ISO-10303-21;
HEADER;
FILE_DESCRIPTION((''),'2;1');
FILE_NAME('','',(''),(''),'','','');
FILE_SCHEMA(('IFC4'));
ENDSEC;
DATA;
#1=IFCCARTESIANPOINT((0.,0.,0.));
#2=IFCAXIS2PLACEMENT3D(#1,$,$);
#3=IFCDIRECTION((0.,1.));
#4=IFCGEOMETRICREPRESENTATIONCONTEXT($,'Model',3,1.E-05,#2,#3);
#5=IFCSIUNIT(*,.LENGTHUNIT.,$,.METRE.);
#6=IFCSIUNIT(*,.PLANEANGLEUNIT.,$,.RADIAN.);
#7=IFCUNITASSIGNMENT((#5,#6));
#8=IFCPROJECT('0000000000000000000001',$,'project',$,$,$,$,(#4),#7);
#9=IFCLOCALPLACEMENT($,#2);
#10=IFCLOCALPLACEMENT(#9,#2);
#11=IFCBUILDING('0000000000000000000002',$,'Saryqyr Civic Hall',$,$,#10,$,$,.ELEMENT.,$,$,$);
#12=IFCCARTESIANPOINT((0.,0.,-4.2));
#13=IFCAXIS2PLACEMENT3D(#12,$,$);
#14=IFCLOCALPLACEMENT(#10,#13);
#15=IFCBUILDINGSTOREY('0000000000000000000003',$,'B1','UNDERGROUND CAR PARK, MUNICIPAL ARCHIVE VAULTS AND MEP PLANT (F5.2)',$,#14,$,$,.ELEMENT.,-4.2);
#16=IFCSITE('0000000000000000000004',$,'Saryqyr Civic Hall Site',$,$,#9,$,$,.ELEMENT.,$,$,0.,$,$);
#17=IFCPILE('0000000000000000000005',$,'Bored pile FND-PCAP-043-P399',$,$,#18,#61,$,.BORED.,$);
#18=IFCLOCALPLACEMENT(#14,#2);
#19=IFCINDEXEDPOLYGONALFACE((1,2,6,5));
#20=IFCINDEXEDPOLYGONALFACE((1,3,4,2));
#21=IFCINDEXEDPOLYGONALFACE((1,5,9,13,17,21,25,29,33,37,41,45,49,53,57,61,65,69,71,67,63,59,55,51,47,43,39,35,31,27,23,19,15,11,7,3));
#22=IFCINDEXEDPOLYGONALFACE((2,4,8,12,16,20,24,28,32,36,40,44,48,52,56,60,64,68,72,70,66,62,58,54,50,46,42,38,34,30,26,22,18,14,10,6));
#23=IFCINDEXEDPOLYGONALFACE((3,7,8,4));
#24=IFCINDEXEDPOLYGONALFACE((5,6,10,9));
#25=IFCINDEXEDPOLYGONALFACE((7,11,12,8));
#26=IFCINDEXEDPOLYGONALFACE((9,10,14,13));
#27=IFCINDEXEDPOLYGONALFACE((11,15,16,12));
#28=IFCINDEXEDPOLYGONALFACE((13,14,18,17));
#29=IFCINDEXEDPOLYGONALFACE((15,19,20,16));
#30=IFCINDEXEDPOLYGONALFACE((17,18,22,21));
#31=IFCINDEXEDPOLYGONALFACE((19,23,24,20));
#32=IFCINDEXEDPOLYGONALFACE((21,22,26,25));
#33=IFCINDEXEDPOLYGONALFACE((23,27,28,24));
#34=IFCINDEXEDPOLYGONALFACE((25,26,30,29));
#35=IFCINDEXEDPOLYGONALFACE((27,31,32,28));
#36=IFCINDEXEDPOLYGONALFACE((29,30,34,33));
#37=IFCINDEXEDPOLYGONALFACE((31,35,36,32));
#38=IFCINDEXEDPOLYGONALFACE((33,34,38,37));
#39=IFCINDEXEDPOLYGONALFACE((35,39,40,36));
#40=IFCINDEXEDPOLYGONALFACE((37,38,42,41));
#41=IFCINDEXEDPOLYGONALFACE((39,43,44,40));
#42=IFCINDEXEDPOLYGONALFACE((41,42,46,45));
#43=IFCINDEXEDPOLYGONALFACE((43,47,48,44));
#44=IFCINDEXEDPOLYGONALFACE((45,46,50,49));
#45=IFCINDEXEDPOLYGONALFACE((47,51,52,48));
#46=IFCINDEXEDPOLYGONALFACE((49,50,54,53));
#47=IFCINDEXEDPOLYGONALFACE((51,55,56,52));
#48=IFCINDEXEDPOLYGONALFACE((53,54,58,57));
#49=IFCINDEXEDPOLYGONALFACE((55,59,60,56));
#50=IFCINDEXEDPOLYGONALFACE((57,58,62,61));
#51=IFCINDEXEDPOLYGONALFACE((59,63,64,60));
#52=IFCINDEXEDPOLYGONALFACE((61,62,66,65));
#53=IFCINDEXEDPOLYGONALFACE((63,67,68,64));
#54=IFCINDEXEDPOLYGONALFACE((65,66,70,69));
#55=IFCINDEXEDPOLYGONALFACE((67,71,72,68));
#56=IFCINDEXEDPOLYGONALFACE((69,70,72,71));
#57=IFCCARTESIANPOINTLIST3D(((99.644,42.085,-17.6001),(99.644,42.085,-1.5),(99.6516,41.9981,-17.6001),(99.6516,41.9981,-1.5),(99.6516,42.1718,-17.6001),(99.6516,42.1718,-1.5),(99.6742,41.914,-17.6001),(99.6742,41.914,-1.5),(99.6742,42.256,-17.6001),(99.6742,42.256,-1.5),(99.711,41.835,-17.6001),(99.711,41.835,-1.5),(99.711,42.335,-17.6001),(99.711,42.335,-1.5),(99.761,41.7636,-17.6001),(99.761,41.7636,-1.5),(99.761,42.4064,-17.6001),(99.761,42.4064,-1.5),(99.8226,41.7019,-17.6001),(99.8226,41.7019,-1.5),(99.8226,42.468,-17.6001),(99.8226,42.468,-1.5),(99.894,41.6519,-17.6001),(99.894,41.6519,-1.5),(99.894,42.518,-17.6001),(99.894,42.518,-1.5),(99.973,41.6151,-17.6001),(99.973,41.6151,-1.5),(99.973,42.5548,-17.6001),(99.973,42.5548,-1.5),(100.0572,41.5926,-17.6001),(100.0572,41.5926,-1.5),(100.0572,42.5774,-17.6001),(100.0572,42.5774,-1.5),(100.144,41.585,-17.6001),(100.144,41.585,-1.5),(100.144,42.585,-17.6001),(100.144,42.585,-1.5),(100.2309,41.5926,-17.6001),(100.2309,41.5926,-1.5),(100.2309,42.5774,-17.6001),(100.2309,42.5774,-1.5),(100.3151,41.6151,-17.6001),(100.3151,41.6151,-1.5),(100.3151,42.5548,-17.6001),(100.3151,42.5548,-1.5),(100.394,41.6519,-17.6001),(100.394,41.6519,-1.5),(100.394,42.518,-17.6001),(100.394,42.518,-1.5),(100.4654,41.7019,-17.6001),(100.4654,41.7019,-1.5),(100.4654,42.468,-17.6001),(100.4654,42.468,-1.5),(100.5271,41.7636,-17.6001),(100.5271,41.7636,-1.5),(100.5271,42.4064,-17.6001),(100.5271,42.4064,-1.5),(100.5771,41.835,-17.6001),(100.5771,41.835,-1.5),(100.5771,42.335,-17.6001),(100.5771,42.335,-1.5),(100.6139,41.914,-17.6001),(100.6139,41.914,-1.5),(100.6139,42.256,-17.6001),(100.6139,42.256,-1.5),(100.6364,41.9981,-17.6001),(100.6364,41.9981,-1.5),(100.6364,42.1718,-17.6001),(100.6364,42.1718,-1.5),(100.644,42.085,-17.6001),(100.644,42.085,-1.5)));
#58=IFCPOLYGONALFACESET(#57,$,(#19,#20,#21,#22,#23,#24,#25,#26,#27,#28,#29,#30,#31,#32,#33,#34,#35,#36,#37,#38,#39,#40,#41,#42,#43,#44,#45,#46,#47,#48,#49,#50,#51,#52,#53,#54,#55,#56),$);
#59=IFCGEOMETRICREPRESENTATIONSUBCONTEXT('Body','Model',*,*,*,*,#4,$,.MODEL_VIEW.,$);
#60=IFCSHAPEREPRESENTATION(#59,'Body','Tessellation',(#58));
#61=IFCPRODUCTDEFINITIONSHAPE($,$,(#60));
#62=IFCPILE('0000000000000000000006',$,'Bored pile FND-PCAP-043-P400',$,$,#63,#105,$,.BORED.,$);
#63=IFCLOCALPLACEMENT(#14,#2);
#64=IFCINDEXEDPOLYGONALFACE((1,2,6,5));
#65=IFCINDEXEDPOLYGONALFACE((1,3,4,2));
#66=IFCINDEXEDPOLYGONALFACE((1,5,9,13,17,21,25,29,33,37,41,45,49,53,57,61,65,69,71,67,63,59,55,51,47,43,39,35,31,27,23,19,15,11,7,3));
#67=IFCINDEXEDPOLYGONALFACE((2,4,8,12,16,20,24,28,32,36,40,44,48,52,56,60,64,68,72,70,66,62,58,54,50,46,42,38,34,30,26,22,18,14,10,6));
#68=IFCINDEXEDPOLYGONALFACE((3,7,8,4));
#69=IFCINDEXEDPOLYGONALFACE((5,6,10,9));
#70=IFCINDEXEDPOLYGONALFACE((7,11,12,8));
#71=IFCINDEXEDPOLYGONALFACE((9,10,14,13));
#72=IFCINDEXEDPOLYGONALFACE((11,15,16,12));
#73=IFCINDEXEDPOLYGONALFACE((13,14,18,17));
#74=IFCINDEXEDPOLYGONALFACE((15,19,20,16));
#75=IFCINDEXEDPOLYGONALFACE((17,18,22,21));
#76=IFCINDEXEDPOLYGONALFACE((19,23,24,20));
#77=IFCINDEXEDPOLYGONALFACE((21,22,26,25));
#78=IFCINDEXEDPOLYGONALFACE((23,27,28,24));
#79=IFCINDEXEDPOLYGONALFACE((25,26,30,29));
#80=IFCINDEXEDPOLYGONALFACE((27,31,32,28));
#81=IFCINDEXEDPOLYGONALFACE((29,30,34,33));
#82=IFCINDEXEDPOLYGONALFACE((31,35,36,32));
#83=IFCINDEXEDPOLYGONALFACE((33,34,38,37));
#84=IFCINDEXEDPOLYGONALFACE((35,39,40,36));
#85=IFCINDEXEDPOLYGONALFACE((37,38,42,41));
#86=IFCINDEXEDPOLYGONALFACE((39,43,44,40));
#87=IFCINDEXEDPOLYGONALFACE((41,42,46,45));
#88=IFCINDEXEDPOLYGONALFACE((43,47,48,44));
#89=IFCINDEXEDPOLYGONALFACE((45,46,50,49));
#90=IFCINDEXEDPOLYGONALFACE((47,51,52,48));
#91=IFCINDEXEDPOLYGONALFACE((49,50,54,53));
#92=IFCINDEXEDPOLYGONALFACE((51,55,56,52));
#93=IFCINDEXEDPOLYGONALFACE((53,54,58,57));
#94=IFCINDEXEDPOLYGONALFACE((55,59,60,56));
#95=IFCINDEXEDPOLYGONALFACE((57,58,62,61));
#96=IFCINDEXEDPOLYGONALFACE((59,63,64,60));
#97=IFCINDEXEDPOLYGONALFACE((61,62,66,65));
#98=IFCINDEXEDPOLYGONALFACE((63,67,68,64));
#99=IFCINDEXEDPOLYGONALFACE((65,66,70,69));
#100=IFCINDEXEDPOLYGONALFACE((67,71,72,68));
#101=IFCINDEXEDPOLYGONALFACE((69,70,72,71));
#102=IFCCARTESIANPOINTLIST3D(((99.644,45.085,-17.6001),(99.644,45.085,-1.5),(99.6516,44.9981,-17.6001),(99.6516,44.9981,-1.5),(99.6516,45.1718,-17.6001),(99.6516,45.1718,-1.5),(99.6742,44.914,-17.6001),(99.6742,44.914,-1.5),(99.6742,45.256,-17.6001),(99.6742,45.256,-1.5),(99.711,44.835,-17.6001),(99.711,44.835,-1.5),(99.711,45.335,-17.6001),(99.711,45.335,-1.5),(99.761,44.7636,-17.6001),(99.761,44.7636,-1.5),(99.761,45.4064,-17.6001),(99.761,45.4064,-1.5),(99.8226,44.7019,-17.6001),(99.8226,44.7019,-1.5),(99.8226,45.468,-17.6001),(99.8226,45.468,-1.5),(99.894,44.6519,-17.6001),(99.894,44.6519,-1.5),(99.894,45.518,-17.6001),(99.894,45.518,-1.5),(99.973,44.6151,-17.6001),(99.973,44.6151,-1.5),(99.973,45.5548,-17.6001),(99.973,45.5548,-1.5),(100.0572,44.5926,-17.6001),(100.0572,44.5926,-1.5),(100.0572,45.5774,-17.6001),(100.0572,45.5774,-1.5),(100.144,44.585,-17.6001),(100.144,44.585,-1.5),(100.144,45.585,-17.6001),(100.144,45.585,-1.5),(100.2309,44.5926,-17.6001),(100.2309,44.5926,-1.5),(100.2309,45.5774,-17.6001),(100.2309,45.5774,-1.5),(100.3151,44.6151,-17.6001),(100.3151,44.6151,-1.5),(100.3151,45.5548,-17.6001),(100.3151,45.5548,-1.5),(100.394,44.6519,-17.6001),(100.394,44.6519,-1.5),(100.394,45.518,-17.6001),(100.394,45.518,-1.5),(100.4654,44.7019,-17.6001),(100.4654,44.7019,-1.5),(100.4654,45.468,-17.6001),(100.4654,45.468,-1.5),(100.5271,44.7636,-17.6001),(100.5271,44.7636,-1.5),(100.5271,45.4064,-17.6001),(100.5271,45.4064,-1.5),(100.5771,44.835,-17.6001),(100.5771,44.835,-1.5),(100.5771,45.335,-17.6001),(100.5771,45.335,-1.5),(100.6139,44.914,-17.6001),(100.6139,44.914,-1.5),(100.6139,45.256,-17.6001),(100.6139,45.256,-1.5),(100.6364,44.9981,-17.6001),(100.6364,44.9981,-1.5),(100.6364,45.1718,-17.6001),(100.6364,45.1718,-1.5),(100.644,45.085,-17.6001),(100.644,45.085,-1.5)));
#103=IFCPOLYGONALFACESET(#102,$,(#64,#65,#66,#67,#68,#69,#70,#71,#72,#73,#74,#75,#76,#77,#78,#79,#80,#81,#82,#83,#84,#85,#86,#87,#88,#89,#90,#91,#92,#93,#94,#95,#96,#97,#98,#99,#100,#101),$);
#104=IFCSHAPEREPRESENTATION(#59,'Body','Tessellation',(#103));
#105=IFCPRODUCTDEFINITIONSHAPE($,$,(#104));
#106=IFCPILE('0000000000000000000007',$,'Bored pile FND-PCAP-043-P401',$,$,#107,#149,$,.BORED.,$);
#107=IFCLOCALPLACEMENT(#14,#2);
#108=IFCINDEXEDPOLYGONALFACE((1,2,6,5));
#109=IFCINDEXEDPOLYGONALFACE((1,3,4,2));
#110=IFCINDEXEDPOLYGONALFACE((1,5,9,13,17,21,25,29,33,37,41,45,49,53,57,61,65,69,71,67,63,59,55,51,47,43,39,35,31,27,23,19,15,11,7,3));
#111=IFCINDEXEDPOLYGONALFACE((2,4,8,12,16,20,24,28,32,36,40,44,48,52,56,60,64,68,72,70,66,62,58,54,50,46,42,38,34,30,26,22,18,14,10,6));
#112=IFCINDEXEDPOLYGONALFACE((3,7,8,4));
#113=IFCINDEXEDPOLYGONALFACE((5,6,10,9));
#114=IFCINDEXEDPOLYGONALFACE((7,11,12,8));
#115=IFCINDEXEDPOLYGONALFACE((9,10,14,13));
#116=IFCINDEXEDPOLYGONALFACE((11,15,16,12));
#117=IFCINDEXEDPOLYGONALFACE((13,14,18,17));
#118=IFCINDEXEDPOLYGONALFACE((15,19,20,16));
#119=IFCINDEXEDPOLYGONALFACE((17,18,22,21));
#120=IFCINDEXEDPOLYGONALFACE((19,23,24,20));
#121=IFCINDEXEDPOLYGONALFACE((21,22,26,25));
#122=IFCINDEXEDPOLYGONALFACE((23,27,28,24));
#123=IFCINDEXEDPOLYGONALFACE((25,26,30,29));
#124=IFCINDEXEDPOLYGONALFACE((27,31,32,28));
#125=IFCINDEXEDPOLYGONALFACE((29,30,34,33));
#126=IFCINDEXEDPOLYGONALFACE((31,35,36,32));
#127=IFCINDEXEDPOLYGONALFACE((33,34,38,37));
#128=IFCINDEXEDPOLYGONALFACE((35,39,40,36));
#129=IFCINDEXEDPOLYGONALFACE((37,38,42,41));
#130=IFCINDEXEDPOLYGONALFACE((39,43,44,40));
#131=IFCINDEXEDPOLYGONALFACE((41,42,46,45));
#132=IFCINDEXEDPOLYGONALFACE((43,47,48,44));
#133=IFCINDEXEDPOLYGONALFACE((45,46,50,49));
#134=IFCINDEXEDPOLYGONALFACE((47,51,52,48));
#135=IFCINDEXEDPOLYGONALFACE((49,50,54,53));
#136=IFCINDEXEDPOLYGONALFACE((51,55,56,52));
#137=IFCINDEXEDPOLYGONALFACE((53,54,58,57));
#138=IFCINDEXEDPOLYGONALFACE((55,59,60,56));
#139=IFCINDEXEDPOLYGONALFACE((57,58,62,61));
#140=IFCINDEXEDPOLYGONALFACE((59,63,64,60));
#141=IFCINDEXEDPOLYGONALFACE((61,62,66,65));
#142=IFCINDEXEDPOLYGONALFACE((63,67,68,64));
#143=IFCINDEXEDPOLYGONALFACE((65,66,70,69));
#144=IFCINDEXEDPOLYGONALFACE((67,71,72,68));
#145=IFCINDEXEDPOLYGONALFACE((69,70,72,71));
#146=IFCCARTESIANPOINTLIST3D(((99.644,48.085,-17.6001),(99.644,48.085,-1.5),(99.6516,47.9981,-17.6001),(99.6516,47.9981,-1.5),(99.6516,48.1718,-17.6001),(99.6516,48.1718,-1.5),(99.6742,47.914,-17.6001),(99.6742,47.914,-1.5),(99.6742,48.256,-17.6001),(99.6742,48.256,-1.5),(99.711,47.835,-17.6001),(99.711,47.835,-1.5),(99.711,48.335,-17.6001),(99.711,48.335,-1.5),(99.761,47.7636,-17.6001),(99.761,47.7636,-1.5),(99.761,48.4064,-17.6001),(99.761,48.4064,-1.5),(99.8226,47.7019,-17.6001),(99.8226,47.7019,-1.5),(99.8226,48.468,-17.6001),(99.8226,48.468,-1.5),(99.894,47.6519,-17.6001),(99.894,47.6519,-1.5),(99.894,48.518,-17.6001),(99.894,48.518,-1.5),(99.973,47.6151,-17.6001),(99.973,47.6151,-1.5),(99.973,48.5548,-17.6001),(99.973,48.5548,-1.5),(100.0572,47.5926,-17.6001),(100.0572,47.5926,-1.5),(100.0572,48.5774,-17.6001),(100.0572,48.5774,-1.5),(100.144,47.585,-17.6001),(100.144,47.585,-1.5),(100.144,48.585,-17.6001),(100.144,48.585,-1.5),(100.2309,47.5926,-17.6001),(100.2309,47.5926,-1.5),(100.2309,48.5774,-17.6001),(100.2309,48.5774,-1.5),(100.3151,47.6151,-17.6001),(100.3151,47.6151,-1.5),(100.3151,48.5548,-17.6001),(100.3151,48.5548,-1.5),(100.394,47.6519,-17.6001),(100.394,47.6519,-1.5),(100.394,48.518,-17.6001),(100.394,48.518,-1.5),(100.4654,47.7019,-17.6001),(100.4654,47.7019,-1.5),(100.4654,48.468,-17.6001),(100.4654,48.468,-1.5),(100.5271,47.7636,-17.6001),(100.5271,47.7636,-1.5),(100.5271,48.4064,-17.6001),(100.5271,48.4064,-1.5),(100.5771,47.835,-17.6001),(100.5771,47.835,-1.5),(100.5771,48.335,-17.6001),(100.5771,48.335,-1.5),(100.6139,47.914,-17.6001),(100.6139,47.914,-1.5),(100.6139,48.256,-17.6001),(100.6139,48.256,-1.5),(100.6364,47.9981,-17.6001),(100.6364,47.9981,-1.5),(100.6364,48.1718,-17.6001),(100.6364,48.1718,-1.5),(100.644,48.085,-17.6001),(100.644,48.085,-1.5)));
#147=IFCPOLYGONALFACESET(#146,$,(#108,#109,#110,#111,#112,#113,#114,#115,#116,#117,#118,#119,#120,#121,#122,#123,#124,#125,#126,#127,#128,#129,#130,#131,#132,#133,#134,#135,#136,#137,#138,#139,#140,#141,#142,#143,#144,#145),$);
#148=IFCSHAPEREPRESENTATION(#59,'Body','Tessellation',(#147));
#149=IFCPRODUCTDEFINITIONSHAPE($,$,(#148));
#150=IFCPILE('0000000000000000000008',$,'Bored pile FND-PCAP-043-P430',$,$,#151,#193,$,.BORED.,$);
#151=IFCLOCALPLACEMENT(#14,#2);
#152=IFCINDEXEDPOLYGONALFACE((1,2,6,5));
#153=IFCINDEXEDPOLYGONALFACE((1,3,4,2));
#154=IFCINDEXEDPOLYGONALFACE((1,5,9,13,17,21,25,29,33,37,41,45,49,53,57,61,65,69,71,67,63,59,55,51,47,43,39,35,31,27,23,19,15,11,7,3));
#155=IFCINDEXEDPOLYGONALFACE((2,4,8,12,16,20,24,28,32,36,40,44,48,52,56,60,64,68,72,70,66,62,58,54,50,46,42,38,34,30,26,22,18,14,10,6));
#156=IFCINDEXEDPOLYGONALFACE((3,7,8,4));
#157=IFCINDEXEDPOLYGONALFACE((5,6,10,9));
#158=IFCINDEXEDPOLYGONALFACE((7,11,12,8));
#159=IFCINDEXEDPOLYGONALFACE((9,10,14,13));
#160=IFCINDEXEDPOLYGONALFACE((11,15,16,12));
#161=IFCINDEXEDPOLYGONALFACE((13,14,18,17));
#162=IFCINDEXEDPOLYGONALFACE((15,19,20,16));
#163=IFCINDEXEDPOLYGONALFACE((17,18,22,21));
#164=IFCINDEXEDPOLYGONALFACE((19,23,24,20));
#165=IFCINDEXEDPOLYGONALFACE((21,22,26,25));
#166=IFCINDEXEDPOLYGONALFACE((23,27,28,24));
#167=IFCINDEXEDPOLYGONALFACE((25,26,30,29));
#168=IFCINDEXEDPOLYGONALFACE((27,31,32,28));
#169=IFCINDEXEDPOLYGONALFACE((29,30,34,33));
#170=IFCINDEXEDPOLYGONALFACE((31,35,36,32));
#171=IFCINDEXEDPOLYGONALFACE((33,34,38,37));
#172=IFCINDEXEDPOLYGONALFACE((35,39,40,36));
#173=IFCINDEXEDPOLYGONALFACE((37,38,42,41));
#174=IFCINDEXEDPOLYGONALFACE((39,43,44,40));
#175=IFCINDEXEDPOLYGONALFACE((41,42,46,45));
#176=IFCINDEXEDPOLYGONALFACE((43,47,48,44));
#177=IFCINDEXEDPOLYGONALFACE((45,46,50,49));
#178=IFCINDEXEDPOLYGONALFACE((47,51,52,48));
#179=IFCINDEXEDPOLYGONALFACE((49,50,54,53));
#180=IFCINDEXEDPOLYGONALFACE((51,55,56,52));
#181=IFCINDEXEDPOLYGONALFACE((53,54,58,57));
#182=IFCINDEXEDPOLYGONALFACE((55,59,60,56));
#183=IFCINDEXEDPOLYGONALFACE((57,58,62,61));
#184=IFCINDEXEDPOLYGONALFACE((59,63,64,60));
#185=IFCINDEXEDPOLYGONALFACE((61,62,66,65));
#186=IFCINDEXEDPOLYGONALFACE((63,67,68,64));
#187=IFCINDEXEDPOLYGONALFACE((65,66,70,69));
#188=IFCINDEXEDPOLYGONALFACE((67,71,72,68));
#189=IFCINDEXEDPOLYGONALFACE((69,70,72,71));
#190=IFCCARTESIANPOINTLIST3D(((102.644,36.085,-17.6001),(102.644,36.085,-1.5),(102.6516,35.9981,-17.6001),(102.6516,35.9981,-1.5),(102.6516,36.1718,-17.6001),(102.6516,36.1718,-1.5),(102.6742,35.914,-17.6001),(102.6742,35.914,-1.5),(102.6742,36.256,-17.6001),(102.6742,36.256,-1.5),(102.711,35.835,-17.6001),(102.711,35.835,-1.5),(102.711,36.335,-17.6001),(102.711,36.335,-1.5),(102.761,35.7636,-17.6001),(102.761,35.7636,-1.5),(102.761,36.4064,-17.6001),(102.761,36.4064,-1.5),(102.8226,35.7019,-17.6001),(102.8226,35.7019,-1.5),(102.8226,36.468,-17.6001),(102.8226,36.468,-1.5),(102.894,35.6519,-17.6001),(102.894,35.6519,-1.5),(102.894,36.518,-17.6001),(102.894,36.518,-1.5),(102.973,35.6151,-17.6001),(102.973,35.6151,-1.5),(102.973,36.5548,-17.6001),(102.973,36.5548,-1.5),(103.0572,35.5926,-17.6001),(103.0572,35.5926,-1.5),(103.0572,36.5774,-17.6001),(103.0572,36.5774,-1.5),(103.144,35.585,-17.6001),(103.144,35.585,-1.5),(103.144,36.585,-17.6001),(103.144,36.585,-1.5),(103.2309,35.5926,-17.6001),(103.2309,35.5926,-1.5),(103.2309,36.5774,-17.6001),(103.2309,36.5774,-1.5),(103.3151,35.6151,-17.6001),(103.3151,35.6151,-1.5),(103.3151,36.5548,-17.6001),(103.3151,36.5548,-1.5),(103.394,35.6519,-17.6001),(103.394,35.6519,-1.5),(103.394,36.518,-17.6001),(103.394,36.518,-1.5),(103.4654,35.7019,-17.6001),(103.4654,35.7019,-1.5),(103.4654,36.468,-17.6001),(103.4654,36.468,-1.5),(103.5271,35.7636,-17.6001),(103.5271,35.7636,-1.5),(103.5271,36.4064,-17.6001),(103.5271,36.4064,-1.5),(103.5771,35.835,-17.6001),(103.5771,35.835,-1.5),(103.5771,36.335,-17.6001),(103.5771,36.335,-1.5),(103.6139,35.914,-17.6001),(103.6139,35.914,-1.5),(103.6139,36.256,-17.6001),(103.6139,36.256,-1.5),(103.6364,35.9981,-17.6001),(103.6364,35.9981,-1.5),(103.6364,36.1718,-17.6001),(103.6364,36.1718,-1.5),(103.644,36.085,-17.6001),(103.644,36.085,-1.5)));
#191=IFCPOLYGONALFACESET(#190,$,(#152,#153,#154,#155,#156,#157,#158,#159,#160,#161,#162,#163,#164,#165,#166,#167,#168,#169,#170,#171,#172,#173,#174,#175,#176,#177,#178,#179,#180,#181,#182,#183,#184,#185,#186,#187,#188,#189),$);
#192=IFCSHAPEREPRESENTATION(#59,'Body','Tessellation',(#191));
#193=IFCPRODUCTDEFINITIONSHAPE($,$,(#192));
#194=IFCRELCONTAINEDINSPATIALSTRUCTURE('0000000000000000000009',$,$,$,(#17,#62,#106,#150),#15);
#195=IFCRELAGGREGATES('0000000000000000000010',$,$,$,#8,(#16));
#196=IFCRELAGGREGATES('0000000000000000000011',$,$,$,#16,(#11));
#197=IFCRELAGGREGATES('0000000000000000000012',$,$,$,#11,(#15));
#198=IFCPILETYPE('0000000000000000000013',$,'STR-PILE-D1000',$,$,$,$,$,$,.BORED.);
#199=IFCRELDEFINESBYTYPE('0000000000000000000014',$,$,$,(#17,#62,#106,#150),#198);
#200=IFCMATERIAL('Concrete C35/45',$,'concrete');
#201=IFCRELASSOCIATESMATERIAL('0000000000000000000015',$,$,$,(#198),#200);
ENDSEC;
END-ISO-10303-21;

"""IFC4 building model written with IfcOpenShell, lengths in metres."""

from ifc_helpers import new_model, si_unit, direction, frame, origin, origin_2d, place, context, subcontext, project, spatial, circle, extrude, material, material_profile, profile_set, type_object, element, save


model = new_model("IFC4")

# Units and contexts
model_context = context("Model", 3, precision=1e-05, world=origin(), true_north=direction((0.0, 1.0)))
body_context = subcontext(model_context, "Body", "Model", "MODEL_VIEW")
ifc_project = project(units=[si_unit("LENGTHUNIT", "METRE"), si_unit("PLANEANGLEUNIT", "RADIAN")], contexts=[model_context])

# Site, building, storey
site_placement = place(None, origin())
site = spatial("IfcSite", under=ifc_project, at=site_placement, Name="Saryqyr Civic Hall Site", CompositionType="ELEMENT", RefElevation=0.0)
building_placement = place(site_placement, origin())
building = spatial("IfcBuilding", under=site, at=building_placement, Name="Saryqyr Civic Hall", CompositionType="ELEMENT")
storey_placement = place(building_placement, frame((0.0, 0.0, -4.2)))
storey = spatial("IfcBuildingStorey", under=building, at=storey_placement, Name="B1", Description="UNDERGROUND CAR PARK, MUNICIPAL ARCHIVE VAULTS AND MEP PLANT (F5.2)", CompositionType="ELEMENT", Elevation=-4.2)

# Shared definitions
ifc_material_1 = material(Name="Concrete C35/45", Category="concrete")

# Piles
ifc_material_profile_1 = material_profile(ifc_material_1, circle(Radius=0.5, at=origin_2d()), Name="BORED PILE D1000")
ifc_profile_set_1 = profile_set([ifc_material_profile_1], Name="Concrete C35/45")
pile_type_1 = type_object("IfcPileType", Name="STR-PILE-D1000", PredefinedType="BORED", material=ifc_profile_set_1)
for number, where, z_axis, x_axis, name in (
    (1, (100.144, 42.085, -1.5), (0.0, 0.0, -1.0), (1.0, 0.0, 0.0), "Bored pile FND-PCAP-043-P399"),
    (2, (100.144, 45.085, -1.5), (0.0, 0.0, -1.0), (1.0, 0.0, 0.0), "Bored pile FND-PCAP-043-P400"),
    (3, (100.144, 48.085, -1.5), (0.0, 0.0, -1.0), (1.0, 0.0, 0.0), "Bored pile FND-PCAP-043-P401"),
    (4, (103.144, 36.085, -1.5), (0.0, 0.0, -1.0), (1.0, 0.0, 0.0), "Bored pile FND-PCAP-043-P430"),
):
    element("IfcPile", number, at=place(storey_placement, frame(where, z_axis=z_axis, x_axis=x_axis)), inside=storey, type_object=pile_type_1, Name=name, PredefinedType="BORED", context=body_context, shape_type="SweptSolid", body=[
        extrude(circle(Radius=0.5, at=origin_2d()), origin(), (0.0, 0.0, 1.0), 16.1001),
    ])

save(model, "model.ifc")
